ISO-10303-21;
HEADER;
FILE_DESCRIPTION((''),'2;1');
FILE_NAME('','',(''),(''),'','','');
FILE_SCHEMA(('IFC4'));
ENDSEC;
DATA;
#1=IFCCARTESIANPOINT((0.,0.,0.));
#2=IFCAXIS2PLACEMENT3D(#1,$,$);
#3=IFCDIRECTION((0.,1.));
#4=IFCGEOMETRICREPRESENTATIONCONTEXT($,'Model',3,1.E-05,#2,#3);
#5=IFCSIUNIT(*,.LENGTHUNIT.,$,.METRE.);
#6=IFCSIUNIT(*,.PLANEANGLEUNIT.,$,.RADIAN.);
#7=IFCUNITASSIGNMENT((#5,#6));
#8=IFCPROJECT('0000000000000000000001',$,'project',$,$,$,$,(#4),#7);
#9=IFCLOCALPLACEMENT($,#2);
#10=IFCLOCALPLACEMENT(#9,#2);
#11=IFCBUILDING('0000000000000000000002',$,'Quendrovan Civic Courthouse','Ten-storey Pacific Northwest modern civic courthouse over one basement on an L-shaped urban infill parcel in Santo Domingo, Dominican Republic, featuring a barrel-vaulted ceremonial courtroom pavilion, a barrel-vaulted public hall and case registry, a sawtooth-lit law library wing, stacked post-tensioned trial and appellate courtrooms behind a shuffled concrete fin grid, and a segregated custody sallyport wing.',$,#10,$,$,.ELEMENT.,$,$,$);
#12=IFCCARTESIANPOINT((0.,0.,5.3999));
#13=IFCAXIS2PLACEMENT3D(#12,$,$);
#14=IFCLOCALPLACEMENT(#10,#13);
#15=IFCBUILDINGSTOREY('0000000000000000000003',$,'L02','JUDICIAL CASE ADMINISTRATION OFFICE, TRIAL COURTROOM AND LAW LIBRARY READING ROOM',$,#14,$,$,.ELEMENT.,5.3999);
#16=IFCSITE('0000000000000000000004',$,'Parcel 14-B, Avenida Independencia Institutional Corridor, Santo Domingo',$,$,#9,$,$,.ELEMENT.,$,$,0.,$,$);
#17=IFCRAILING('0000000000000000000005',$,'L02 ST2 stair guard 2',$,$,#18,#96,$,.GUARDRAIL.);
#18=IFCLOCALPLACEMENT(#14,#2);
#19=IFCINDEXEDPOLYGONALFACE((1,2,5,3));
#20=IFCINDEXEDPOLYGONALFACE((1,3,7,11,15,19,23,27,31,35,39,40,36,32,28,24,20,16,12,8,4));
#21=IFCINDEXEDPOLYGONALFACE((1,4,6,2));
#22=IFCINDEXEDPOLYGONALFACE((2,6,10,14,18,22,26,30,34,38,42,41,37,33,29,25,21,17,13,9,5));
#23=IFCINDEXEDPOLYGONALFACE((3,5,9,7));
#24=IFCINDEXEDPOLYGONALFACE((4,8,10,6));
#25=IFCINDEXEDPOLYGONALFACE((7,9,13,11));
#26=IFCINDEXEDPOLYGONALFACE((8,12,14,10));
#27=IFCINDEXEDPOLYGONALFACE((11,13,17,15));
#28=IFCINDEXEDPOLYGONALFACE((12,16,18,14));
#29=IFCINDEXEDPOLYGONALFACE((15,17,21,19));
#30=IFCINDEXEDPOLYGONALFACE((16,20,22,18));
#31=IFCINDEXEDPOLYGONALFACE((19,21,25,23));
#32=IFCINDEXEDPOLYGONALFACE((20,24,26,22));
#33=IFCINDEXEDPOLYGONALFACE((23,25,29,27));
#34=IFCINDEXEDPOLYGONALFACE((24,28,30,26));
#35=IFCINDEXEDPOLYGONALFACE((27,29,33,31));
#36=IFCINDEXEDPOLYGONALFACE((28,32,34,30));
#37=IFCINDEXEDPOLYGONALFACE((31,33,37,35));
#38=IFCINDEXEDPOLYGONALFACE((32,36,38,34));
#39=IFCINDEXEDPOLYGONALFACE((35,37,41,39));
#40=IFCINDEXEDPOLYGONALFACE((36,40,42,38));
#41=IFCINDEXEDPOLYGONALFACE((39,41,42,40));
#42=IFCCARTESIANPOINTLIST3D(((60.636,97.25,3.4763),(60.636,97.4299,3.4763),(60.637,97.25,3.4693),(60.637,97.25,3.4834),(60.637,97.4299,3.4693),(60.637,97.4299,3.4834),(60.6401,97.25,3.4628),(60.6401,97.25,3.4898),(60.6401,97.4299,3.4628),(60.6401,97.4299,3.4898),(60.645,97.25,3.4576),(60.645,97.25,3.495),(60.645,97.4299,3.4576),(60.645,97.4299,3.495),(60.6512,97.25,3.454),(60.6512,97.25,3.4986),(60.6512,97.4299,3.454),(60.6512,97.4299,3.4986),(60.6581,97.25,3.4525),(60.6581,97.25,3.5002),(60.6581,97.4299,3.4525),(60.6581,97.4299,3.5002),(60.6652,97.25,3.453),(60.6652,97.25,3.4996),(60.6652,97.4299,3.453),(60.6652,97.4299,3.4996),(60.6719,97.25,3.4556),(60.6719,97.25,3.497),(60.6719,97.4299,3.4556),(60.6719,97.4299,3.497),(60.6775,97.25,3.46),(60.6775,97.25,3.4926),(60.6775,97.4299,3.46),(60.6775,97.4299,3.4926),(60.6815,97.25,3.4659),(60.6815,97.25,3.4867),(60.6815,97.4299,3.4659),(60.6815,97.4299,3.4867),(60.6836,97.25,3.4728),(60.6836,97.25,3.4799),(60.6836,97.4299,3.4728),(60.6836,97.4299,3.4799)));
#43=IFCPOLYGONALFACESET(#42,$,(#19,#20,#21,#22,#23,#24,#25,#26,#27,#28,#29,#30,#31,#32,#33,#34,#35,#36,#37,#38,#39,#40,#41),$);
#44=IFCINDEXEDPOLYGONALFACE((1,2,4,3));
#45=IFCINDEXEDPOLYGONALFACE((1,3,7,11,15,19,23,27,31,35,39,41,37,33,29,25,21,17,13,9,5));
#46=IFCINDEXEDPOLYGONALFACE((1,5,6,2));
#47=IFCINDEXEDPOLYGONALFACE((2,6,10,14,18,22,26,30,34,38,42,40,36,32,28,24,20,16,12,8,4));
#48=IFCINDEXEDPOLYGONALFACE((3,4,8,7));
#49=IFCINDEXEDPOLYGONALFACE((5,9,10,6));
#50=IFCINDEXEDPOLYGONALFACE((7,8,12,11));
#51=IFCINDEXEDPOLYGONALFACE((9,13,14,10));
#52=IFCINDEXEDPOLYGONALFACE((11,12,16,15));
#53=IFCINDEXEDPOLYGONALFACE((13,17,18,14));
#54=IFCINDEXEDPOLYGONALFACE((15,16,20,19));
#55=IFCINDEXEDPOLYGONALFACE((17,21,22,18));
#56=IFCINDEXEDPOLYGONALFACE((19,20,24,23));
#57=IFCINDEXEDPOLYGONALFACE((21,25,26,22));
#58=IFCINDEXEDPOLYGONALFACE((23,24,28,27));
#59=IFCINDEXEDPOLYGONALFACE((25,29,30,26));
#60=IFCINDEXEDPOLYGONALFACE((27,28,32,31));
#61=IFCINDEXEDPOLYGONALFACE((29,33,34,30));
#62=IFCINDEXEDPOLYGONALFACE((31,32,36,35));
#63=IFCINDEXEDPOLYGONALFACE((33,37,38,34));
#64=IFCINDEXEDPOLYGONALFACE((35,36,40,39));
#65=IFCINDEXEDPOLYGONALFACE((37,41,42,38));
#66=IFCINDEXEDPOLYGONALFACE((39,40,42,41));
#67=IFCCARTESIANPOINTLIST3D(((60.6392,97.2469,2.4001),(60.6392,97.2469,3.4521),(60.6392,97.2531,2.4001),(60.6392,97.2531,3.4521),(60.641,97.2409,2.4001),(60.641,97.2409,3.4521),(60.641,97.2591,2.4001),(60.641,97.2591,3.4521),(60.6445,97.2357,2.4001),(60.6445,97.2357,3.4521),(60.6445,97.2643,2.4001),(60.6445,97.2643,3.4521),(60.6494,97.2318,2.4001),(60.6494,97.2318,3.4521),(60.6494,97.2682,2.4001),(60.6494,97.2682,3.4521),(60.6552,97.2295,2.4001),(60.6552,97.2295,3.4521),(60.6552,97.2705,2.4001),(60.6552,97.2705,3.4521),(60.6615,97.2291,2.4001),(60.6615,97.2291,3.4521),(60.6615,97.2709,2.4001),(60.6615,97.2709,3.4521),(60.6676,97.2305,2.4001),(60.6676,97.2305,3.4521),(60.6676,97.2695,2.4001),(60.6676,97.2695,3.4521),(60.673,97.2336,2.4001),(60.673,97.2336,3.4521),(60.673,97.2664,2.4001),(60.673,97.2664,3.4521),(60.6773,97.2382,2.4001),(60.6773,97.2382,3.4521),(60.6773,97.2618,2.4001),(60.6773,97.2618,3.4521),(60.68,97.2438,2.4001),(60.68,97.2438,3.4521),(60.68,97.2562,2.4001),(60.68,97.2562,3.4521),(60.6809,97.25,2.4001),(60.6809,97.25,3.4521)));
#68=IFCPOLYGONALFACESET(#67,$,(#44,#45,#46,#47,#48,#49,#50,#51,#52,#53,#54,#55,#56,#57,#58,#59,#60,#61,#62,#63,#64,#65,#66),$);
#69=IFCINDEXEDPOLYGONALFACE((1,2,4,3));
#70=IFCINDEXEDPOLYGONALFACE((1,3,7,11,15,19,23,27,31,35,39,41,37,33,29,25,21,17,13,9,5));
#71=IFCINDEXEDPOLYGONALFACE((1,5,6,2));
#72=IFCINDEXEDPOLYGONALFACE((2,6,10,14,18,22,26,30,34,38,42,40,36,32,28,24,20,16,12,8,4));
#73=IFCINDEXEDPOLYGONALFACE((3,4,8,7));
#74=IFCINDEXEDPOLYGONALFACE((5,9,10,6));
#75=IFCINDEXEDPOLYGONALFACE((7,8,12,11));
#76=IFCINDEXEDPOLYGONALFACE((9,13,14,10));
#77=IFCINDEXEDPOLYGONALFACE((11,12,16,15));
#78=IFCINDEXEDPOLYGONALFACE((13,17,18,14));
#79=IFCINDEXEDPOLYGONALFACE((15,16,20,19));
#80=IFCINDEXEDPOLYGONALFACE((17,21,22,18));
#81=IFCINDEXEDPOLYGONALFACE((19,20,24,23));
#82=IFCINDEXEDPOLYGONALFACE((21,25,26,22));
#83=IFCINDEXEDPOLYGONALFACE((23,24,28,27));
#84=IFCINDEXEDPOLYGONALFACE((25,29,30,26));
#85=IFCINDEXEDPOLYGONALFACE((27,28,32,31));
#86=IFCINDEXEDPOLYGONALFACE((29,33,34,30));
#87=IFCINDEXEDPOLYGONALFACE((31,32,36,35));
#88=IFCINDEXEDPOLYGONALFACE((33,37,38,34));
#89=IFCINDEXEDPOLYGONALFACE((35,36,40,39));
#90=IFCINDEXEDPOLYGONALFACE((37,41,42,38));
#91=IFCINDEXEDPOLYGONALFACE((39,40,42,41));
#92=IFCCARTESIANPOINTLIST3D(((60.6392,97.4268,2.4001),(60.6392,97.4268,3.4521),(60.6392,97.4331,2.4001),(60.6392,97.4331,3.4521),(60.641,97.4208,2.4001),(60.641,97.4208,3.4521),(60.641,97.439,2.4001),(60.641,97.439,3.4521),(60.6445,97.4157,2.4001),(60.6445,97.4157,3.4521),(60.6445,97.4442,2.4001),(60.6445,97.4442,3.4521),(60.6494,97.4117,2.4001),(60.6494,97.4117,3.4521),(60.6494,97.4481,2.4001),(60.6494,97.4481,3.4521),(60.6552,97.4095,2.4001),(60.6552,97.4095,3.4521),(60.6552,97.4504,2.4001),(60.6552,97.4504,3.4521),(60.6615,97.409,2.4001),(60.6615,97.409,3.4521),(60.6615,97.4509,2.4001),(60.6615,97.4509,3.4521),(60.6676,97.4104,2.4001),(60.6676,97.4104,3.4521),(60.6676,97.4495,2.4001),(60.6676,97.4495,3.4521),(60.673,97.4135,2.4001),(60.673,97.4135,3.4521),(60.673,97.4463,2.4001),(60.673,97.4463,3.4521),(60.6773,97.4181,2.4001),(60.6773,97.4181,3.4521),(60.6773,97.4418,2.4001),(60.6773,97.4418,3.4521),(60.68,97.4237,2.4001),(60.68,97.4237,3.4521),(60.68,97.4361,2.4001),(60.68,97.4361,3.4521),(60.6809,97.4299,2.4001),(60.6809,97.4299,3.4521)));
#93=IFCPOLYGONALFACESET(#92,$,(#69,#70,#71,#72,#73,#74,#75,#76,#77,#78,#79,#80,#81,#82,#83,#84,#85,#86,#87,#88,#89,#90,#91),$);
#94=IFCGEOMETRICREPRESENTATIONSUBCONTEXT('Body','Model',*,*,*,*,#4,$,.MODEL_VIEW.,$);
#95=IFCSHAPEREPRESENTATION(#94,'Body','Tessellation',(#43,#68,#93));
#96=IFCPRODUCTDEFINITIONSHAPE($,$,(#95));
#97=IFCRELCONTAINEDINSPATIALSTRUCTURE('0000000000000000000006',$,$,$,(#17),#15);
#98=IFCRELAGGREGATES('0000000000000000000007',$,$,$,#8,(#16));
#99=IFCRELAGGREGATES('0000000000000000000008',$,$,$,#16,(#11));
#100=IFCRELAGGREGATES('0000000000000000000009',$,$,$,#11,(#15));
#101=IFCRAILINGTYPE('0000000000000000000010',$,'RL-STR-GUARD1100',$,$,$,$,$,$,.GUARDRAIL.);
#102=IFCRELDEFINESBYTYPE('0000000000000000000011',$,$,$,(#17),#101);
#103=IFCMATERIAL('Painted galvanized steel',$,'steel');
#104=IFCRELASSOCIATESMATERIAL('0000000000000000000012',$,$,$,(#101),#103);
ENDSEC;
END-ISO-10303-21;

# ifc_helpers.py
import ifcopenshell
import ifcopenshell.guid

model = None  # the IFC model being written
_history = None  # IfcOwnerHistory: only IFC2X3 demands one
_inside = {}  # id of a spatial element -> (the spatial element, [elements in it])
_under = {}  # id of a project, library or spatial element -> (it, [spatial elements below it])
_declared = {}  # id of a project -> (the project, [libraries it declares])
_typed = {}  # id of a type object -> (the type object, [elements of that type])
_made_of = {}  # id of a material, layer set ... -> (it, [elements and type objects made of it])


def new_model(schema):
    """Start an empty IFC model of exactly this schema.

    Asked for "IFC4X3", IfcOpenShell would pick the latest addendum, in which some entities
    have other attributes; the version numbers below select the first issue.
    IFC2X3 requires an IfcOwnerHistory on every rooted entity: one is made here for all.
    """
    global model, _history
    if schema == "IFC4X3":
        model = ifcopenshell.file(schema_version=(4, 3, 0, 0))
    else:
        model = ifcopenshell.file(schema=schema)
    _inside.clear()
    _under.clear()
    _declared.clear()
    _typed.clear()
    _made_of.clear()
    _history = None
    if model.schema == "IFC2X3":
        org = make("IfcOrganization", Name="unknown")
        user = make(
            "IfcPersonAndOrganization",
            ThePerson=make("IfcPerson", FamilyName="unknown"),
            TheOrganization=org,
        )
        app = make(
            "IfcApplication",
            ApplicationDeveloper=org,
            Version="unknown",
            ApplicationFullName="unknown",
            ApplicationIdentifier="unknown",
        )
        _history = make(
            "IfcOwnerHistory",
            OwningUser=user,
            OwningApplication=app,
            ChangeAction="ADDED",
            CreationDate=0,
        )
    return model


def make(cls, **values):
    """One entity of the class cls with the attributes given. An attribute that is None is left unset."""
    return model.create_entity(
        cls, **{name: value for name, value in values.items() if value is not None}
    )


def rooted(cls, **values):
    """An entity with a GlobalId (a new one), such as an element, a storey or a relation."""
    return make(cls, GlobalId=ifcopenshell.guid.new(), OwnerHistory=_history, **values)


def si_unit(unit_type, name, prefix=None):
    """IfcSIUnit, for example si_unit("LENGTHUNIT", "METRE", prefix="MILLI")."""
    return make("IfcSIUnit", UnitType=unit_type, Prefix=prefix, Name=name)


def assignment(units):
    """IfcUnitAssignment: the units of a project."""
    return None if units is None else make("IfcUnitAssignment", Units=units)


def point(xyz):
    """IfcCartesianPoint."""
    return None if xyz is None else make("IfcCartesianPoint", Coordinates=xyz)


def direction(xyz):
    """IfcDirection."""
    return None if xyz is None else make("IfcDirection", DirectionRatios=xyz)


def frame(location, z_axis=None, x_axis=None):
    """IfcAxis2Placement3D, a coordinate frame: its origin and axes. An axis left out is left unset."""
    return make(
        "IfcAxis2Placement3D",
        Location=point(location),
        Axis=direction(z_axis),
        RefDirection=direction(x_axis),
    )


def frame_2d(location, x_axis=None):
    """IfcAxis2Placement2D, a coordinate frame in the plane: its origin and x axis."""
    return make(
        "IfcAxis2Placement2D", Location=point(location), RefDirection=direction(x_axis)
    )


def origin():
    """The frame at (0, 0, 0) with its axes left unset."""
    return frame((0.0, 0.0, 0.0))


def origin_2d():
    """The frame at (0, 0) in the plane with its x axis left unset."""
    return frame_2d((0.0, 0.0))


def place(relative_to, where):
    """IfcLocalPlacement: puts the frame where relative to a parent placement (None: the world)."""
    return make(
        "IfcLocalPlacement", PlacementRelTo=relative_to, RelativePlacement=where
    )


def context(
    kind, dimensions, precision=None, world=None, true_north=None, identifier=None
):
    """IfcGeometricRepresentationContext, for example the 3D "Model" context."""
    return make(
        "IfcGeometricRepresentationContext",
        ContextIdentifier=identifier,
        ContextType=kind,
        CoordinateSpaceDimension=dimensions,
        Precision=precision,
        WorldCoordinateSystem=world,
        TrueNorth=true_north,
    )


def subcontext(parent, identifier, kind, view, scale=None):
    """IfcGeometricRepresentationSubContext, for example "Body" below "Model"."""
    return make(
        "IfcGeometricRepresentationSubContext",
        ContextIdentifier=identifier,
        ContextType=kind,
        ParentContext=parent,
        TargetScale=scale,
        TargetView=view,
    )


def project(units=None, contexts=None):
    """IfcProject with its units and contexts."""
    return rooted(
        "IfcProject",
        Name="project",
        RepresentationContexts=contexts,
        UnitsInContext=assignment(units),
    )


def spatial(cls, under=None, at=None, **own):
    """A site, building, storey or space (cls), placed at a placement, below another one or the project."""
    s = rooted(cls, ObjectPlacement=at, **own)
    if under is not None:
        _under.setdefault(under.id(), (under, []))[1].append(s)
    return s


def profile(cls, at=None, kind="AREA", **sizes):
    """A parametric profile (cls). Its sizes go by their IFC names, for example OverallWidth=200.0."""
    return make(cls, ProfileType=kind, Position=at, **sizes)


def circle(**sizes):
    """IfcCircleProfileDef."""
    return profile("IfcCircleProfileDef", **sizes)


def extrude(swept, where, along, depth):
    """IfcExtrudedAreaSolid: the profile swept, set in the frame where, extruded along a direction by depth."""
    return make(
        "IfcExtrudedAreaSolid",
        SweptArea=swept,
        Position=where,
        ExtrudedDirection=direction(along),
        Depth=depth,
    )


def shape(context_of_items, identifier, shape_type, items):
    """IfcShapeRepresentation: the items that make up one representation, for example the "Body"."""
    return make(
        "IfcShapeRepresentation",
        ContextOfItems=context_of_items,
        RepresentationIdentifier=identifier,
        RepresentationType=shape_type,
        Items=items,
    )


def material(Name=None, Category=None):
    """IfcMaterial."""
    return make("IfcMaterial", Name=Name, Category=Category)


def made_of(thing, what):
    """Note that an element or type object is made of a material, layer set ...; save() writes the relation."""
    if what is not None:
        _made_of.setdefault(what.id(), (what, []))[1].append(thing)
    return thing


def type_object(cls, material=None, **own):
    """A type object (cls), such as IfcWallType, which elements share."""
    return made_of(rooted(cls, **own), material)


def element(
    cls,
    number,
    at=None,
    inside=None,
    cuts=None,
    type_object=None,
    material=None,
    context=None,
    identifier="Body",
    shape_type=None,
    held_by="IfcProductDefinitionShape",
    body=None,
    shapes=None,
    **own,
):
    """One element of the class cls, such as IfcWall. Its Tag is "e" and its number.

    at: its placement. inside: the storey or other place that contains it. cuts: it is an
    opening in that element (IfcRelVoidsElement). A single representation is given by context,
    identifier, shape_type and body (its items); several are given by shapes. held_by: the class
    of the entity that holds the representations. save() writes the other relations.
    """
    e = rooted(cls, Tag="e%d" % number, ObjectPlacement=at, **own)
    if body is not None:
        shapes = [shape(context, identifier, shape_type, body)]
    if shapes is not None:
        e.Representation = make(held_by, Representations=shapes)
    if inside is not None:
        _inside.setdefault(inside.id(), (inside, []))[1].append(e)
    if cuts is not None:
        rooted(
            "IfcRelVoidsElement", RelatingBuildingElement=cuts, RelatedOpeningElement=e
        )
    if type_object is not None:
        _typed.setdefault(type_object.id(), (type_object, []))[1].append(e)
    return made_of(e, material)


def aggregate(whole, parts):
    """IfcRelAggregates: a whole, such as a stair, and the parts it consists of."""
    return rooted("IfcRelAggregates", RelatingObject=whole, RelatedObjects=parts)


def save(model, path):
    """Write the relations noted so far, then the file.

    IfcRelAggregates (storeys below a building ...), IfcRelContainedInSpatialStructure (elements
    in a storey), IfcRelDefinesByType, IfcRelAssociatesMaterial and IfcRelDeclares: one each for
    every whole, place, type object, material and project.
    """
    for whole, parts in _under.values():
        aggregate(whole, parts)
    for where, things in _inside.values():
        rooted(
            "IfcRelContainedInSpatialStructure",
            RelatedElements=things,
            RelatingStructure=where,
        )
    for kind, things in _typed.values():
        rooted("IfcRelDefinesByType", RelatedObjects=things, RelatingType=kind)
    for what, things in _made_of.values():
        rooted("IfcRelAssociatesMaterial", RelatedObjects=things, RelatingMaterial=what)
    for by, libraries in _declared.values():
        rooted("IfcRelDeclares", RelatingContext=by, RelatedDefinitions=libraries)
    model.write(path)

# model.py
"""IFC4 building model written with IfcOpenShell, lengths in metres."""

from ifc_helpers import new_model, si_unit, direction, frame, origin, origin_2d, place, context, subcontext, project, spatial, circle, extrude, material, type_object, element, save


model = new_model("IFC4")

# Units and contexts
model_context = context("Model", 3, precision=1e-05, world=origin(), true_north=direction((0.0, 1.0)))
body_context = subcontext(model_context, "Body", "Model", "MODEL_VIEW")
ifc_project = project(units=[si_unit("LENGTHUNIT", "METRE"), si_unit("PLANEANGLEUNIT", "RADIAN")], contexts=[model_context])

# Site, building, storey
site_placement = place(None, origin())
site = spatial("IfcSite", under=ifc_project, at=site_placement, Name="Parcel 14-B, Avenida Independencia Institutional Corridor, Santo Domingo", CompositionType="ELEMENT", RefElevation=0.0)
building_placement = place(site_placement, origin())
building = spatial("IfcBuilding", under=site, at=building_placement, Name="Quendrovan Civic Courthouse", Description="Ten-storey Pacific Northwest modern civic courthouse over one basement on an L-shaped urban infill parcel in Santo Domingo, Dominican Republic, featuring a barrel-vaulted ceremonial courtroom pavilion, a barrel-vaulted public hall and case registry, a sawtooth-lit law library wing, stacked post-tensioned trial and appellate courtrooms behind a shuffled concrete fin grid, and a segregated custody sallyport wing.", CompositionType="ELEMENT")
storey_placement = place(building_placement, frame((0.0, 0.0, 5.3999)))
storey = spatial("IfcBuildingStorey", under=building, at=storey_placement, Name="L02", Description="JUDICIAL CASE ADMINISTRATION OFFICE, TRIAL COURTROOM AND LAW LIBRARY READING ROOM", CompositionType="ELEMENT", Elevation=5.3999)

# Railing
ifc_material_1 = material(Name="Painted galvanized steel", Category="steel")
railing_type_1 = type_object("IfcRailingType", Name="RL-STR-GUARD1100", PredefinedType="GUARDRAIL", material=ifc_material_1)
railing_1_placement = place(storey_placement, frame((60.6599, 97.25, 2.4001)))
element("IfcRailing", 1, at=railing_1_placement, inside=storey, type_object=railing_type_1, Name="L02 ST2 stair guard 2", PredefinedType="GUARDRAIL", context=body_context, shape_type="SweptSolid", body=[
    extrude(circle(Radius=0.0239, at=origin_2d()), frame((0.0, 0.0, 1.0762), z_axis=(0.0, 1.0, 0.0), x_axis=(-1.0, 0.0, 0.0)), (0.0, 0.0, 1.0), 0.1799),
    extrude(circle(Radius=0.021, at=origin_2d()), origin(), (0.0, 0.0, 1.0), 1.052),
    extrude(circle(Radius=0.021, at=origin_2d()), frame((0.0, 0.1799, 0.0)), (0.0, 0.0, 1.0), 1.052),
])

save(model, "model.ifc")
